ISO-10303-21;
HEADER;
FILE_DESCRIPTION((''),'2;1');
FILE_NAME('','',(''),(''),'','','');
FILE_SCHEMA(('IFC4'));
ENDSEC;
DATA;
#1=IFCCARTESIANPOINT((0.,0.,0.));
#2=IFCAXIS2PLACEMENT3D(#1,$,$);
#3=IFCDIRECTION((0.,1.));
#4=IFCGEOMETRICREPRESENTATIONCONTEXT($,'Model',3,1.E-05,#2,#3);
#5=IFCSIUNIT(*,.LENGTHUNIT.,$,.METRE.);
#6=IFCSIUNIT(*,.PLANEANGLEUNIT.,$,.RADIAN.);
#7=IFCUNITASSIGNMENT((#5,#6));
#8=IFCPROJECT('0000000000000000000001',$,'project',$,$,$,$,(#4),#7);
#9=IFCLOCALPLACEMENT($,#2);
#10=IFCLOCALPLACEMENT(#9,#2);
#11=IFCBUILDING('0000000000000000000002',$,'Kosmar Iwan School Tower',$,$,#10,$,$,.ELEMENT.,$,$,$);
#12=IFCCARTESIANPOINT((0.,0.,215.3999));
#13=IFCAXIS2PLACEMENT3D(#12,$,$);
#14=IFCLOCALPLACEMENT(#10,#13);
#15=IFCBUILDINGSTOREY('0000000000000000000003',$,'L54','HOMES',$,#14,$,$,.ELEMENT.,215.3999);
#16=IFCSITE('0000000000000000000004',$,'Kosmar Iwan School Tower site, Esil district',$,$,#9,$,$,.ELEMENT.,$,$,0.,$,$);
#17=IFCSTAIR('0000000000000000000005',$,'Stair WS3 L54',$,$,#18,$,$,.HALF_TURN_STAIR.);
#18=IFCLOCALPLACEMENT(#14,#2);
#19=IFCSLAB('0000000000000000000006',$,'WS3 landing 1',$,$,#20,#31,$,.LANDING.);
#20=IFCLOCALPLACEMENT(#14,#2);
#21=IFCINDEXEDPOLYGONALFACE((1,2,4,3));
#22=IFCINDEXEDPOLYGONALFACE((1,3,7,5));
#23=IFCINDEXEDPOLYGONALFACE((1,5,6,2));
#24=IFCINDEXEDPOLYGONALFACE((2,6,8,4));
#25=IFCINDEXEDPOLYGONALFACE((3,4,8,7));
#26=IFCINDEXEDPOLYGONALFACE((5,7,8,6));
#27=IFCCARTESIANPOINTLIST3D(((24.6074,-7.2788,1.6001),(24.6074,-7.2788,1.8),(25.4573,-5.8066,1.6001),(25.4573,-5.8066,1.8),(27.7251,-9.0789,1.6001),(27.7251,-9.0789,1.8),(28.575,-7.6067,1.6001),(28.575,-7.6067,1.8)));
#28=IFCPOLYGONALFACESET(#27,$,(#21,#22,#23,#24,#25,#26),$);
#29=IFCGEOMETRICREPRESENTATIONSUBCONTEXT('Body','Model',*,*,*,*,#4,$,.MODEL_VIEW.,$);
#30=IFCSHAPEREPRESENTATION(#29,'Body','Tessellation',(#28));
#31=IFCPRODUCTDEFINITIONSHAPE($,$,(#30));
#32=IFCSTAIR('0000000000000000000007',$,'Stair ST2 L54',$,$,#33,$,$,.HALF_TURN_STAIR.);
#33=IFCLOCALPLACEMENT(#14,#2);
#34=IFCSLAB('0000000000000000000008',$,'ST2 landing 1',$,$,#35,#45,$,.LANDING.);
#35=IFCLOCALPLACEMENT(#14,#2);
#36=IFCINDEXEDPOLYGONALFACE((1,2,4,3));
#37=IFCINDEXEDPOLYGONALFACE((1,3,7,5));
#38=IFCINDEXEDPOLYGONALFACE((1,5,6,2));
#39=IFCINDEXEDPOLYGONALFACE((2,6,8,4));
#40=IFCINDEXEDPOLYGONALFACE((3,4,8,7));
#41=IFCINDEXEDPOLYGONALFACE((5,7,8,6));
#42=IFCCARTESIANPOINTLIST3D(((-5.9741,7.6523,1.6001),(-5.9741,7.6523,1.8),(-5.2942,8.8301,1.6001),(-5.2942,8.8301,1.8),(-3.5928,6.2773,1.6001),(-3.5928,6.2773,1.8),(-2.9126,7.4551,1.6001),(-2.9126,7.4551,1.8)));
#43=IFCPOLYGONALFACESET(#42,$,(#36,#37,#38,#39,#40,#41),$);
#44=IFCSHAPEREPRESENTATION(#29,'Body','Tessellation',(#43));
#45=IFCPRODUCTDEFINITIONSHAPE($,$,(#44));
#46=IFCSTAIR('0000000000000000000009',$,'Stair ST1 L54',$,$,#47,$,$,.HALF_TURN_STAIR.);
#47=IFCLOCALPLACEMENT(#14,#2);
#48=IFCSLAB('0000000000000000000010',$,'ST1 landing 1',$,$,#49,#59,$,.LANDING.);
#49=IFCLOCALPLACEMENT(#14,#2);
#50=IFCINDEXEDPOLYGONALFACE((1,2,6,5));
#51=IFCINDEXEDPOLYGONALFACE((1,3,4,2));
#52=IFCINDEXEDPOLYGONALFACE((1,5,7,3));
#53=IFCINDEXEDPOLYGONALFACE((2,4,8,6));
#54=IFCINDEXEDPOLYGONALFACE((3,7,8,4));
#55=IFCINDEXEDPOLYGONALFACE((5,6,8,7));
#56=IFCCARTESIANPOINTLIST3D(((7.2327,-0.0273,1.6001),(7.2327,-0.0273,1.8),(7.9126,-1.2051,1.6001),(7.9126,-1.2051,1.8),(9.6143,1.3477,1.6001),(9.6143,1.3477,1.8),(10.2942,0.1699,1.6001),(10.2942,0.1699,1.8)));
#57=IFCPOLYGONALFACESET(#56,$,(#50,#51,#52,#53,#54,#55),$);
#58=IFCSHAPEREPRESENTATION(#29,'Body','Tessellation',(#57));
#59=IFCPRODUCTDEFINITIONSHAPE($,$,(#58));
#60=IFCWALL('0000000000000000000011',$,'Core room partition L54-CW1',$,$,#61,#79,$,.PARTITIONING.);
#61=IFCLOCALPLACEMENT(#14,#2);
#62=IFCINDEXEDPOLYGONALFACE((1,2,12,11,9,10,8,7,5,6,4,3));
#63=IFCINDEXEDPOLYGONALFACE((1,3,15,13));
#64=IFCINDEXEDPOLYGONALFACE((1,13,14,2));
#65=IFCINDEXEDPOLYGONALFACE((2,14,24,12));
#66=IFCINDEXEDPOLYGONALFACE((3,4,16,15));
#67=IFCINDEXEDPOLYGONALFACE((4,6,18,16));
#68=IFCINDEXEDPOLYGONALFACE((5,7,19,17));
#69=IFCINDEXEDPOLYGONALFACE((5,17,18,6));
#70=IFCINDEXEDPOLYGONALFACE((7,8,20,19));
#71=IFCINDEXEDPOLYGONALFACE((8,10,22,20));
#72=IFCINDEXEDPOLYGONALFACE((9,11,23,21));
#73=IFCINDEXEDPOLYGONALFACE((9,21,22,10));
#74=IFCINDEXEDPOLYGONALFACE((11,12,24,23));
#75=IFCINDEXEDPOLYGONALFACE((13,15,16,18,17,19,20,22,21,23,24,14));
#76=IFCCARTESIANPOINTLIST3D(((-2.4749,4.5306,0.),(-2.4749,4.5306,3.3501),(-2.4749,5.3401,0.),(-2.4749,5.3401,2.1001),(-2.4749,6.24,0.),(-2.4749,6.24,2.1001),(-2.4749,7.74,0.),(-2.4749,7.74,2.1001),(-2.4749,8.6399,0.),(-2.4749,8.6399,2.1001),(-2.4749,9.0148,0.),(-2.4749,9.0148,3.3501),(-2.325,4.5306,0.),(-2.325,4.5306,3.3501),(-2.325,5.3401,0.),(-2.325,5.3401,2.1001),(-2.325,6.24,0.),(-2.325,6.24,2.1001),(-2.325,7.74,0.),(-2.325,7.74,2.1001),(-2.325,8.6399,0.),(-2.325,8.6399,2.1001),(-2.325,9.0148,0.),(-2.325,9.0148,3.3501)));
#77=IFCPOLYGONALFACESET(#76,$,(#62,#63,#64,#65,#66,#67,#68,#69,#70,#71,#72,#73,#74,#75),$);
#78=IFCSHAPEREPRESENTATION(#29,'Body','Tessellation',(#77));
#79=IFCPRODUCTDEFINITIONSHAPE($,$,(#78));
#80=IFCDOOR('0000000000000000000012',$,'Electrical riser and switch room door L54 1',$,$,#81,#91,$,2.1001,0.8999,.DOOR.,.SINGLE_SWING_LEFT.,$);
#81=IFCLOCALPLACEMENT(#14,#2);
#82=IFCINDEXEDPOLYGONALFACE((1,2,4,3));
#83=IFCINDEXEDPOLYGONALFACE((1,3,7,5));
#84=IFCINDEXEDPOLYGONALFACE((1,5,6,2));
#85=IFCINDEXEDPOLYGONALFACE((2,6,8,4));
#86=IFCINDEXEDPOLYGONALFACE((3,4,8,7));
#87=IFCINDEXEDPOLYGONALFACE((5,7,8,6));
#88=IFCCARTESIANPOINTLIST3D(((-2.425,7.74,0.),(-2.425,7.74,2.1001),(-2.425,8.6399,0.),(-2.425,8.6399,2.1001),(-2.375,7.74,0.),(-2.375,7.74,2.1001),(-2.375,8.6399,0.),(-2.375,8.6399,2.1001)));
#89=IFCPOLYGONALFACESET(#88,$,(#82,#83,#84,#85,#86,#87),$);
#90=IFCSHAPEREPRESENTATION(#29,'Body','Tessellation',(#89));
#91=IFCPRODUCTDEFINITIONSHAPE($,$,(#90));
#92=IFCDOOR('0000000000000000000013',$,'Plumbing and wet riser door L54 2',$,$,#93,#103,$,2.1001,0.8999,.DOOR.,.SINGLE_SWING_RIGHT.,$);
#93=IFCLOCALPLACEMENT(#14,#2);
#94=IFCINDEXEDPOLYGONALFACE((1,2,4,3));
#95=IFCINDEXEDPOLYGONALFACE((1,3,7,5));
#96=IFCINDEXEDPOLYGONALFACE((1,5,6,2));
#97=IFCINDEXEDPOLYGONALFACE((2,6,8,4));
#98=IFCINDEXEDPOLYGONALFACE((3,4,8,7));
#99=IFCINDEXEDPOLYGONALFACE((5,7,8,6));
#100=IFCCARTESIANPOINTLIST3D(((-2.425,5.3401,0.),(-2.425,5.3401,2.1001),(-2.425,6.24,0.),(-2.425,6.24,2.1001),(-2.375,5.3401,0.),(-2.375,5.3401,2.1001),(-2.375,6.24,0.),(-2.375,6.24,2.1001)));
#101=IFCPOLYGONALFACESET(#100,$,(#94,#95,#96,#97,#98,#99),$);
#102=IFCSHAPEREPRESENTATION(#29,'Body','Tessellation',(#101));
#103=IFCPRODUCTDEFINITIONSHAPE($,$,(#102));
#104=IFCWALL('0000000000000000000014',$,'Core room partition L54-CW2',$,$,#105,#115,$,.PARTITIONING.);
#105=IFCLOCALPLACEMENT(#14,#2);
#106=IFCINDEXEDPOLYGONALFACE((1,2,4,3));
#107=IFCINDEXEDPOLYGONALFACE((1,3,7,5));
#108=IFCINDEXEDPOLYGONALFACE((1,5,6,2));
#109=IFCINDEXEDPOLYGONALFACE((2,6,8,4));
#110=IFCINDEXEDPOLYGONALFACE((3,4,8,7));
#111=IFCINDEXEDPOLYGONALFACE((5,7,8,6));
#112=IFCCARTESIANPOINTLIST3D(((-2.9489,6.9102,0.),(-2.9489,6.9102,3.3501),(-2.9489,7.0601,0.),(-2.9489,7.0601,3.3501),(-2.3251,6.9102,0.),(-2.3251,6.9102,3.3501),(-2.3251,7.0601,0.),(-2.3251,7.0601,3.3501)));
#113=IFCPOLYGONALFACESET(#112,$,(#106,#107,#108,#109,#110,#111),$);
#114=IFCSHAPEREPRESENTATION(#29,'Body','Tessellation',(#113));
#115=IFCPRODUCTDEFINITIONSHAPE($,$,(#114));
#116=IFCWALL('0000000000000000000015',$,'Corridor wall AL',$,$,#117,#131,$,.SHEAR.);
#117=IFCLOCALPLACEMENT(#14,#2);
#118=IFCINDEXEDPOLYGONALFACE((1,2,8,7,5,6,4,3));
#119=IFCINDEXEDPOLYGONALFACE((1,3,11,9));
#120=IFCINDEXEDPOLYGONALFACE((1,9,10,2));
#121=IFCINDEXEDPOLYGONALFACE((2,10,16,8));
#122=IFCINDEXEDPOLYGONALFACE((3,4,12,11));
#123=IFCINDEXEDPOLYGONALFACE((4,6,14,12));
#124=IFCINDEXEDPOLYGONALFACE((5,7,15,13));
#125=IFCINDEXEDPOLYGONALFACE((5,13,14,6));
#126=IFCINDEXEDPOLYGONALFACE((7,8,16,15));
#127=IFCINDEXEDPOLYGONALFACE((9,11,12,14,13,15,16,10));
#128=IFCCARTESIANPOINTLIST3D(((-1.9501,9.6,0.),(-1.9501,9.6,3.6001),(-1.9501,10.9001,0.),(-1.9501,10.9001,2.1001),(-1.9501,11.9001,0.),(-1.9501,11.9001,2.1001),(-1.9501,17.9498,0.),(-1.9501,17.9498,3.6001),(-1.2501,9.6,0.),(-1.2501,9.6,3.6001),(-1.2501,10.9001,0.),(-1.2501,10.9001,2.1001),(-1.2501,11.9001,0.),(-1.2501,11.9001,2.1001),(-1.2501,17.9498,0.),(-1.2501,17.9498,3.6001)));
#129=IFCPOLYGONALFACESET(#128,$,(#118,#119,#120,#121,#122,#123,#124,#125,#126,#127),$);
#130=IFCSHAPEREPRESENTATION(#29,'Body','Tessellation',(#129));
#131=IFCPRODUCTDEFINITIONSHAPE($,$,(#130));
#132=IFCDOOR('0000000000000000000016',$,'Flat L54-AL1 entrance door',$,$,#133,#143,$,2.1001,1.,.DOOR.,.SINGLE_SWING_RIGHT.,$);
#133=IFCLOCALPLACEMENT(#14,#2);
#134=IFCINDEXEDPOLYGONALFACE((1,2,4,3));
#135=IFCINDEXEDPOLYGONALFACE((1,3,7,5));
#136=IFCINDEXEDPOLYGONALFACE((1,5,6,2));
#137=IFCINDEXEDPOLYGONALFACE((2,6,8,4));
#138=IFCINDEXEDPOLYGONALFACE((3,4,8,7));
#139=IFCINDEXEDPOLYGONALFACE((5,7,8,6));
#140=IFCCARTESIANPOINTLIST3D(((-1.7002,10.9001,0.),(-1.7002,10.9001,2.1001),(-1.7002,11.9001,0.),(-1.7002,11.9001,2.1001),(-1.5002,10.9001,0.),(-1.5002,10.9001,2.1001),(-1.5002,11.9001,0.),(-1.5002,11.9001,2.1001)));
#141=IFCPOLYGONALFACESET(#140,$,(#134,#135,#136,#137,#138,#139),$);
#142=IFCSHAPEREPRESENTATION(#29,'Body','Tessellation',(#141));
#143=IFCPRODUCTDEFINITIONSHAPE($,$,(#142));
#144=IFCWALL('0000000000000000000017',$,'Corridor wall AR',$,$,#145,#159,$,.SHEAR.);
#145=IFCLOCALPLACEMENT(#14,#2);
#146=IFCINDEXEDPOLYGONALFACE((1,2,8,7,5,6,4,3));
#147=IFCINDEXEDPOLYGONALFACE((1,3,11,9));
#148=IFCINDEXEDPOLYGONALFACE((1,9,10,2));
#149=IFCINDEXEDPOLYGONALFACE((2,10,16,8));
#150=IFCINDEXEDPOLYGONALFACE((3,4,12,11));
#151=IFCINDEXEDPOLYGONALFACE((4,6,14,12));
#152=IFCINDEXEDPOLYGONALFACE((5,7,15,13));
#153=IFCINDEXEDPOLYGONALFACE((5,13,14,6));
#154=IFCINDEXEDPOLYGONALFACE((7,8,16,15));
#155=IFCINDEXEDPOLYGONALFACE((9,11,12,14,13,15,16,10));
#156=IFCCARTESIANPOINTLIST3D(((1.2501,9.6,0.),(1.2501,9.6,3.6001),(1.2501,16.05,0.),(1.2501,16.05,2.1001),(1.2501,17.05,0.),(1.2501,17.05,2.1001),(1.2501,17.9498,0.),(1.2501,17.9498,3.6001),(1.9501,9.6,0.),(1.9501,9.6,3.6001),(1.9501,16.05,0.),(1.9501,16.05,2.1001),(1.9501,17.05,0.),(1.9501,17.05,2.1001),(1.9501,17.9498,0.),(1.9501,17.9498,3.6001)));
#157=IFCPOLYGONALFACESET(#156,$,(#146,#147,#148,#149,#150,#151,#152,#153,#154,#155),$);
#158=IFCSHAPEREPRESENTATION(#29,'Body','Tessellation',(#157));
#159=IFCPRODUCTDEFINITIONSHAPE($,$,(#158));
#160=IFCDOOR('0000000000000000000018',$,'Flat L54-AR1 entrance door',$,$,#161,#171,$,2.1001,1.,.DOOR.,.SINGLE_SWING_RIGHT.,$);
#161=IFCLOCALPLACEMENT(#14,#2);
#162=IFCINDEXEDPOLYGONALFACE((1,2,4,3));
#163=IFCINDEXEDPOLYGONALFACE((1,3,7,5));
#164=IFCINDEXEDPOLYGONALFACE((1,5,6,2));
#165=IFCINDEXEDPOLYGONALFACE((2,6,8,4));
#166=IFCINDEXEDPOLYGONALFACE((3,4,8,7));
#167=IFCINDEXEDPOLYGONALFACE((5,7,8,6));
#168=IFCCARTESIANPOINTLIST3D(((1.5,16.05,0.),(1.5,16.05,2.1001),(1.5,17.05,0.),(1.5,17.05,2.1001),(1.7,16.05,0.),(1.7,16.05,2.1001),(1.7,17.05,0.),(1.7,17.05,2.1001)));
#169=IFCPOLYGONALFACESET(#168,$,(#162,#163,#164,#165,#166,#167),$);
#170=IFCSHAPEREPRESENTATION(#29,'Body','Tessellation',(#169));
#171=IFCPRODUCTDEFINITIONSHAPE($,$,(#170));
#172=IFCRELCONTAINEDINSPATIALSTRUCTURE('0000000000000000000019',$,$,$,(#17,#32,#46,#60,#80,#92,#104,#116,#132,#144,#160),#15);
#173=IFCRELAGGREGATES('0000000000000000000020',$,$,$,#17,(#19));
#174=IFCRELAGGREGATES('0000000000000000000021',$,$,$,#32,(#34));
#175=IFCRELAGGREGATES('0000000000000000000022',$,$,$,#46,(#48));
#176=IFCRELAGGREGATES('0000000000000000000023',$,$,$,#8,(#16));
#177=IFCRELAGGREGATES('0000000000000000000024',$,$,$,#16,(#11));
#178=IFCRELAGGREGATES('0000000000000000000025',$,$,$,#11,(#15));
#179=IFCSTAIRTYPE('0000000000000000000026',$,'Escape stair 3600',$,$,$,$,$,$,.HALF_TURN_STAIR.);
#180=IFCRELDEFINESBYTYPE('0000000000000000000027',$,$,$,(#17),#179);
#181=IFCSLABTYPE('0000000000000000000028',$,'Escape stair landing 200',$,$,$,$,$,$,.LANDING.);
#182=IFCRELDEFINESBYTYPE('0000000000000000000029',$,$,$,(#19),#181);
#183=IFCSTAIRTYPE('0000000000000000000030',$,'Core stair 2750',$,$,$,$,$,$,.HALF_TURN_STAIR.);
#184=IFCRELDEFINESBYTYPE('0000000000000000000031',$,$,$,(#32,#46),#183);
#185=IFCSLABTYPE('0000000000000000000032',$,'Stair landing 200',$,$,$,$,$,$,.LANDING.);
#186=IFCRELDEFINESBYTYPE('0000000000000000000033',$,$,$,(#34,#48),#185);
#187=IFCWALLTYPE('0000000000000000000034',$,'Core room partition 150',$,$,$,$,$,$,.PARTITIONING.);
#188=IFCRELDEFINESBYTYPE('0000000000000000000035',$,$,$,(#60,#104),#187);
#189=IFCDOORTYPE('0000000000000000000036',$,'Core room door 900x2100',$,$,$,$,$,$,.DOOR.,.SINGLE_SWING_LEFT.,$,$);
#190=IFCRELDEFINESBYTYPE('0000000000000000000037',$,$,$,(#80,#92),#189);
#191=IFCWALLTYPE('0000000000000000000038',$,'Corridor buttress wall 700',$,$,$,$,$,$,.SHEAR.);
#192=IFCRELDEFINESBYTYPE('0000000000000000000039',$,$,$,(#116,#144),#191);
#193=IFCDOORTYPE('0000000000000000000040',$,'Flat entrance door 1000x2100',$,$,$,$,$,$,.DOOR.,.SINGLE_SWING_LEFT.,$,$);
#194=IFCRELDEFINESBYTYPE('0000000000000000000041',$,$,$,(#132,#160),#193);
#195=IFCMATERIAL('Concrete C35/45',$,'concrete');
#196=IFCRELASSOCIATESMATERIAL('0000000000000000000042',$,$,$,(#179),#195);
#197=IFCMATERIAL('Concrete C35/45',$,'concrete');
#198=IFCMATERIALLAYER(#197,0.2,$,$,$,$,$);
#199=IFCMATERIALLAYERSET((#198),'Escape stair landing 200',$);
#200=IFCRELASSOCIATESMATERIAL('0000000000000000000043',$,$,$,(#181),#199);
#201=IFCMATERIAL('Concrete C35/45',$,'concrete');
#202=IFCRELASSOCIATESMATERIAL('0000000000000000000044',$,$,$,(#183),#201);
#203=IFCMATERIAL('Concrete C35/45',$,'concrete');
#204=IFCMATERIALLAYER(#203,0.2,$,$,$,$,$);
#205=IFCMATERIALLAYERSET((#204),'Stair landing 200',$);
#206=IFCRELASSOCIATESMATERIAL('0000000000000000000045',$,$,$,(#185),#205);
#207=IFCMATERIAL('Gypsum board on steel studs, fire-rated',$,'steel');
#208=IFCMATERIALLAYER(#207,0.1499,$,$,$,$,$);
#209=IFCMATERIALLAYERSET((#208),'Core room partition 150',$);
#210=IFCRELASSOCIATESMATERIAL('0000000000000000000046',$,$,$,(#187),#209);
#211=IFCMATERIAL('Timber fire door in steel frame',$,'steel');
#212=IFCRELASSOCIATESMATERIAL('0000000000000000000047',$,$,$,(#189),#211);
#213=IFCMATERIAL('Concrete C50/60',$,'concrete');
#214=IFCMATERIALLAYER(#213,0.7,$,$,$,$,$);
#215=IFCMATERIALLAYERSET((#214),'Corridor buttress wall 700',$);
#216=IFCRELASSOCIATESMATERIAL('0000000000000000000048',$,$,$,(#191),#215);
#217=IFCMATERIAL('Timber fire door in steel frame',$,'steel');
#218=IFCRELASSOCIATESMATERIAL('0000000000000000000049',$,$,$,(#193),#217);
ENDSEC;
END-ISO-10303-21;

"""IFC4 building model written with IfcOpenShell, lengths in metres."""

from ifc_helpers import new_model, si_unit, direction, frame, frame_2d, origin, place, context, subcontext, project, spatial, polyline, rectangle, outline, extrude, material, layer, layer_set, type_object, element, fill, aggregate, save


model = new_model("IFC4")

# Units and contexts
model_context = context("Model", 3, precision=1e-05, world=origin(), true_north=direction((0.0, 1.0)))
body_context = subcontext(model_context, "Body", "Model", "MODEL_VIEW")
ifc_project = project(units=[si_unit("LENGTHUNIT", "METRE"), si_unit("PLANEANGLEUNIT", "RADIAN")], contexts=[model_context])

# Site, building, storey
site_placement = place(None, origin())
site = spatial("IfcSite", under=ifc_project, at=site_placement, Name="Kosmar Iwan School Tower site, Esil district", CompositionType="ELEMENT", RefElevation=0.0)
building_placement = place(site_placement, origin())
building = spatial("IfcBuilding", under=site, at=building_placement, Name="Kosmar Iwan School Tower", CompositionType="ELEMENT")
storey_placement = place(building_placement, frame((0.0, 0.0, 215.3999)))
storey = spatial("IfcBuildingStorey", under=building, at=storey_placement, Name="L54", Description="HOMES", CompositionType="ELEMENT", Elevation=215.3999)

# Stairs, slabs
ifc_material_1 = material(Name="Concrete C35/45", Category="concrete")
stair_type_1 = type_object("IfcStairType", Name="Escape stair 3600", PredefinedType="HALF_TURN_STAIR", material=ifc_material_1)
stair_1_placement = place(storey_placement, origin())
stair_1 = element("IfcStair", 1, at=stair_1_placement, inside=storey, type_object=stair_type_1, Name="Stair WS3 L54", PredefinedType="HALF_TURN_STAIR")
ifc_material_2 = material(Name="Concrete C35/45", Category="concrete")
ifc_layer_1 = layer(ifc_material_2, 0.2)
ifc_layer_set_1 = layer_set([ifc_layer_1], Name="Escape stair landing 200")
slab_type_1 = type_object("IfcSlabType", Name="Escape stair landing 200", PredefinedType="LANDING", material=ifc_layer_set_1)
slab_1_placement = place(storey_placement, frame((0.0, 0.0, 1.6001)))
slab_1 = element("IfcSlab", 2, at=slab_1_placement, type_object=slab_type_1, Name="WS3 landing 1", PredefinedType="LANDING", context=body_context, shape_type="SweptSolid", body=[
    extrude(outline(polyline([(24.6074, -7.2788), (27.7251, -9.0789), (28.575, -7.6067), (25.4573, -5.8066), (24.6074, -7.2788)])), origin(), (0.0, 0.0, 1.0), 0.2),
])
aggregate(stair_1, [slab_1])
ifc_material_3 = material(Name="Concrete C35/45", Category="concrete")
stair_type_2 = type_object("IfcStairType", Name="Core stair 2750", PredefinedType="HALF_TURN_STAIR", material=ifc_material_3)
stair_2_placement = place(storey_placement, origin())
stair_2 = element("IfcStair", 3, at=stair_2_placement, inside=storey, type_object=stair_type_2, Name="Stair ST2 L54", PredefinedType="HALF_TURN_STAIR")
ifc_material_4 = material(Name="Concrete C35/45", Category="concrete")
ifc_layer_2 = layer(ifc_material_4, 0.2)
ifc_layer_set_2 = layer_set([ifc_layer_2], Name="Stair landing 200")
slab_type_2 = type_object("IfcSlabType", Name="Stair landing 200", PredefinedType="LANDING", material=ifc_layer_set_2)
slab_2_placement = place(storey_placement, frame((0.0, 0.0, 1.6001)))
slab_2 = element("IfcSlab", 4, at=slab_2_placement, type_object=slab_type_2, Name="ST2 landing 1", PredefinedType="LANDING", context=body_context, shape_type="SweptSolid", body=[
    extrude(outline(polyline([(-2.9126, 7.4551), (-5.2942, 8.8301), (-5.9741, 7.6523), (-3.5928, 6.2773), (-2.9126, 7.4551)])), origin(), (0.0, 0.0, 1.0), 0.2),
])
aggregate(stair_2, [slab_2])
stair_3_placement = place(storey_placement, origin())
stair_3 = element("IfcStair", 5, at=stair_3_placement, inside=storey, type_object=stair_type_2, Name="Stair ST1 L54", PredefinedType="HALF_TURN_STAIR")
slab_3_placement = place(storey_placement, frame((0.0, 0.0, 1.6001)))
slab_3 = element("IfcSlab", 6, at=slab_3_placement, type_object=slab_type_2, Name="ST1 landing 1", PredefinedType="LANDING", context=body_context, shape_type="SweptSolid", body=[
    extrude(outline(polyline([(7.9126, -1.2051), (10.2942, 0.1699), (9.6143, 1.3477), (7.2327, -0.0273), (7.9126, -1.2051)])), origin(), (0.0, 0.0, 1.0), 0.2),
])
aggregate(stair_3, [slab_3])

# Wall, openings, doors
ifc_material_5 = material(Name="Gypsum board on steel studs, fire-rated", Category="steel")
ifc_layer_3 = layer(ifc_material_5, 0.1499)
ifc_layer_set_3 = layer_set([ifc_layer_3], Name="Core room partition 150")
wall_type_1 = type_object("IfcWallType", Name="Core room partition 150", PredefinedType="PARTITIONING", material=ifc_layer_set_3)
wall_1_placement = place(storey_placement, frame((-2.3999, 9.0149, 0.0), z_axis=(0.0, 0.0, 1.0), x_axis=(0.0, -1.0, 0.0)))
wall_1 = element("IfcWall", 7, at=wall_1_placement, inside=storey, type_object=wall_type_1, Name="Core room partition L54-CW1", PredefinedType="PARTITIONING", context=body_context, shape_type="SweptSolid", body=[
    extrude(rectangle(XDim=4.4841, YDim=0.1499, at=frame_2d((2.2422, 0.0))), origin(), (0.0, 0.0, 1.0), 3.3501),
])
opening_1_placement = place(wall_1_placement, frame((0.375, 0.0, 0.0)))
opening_1 = element("IfcOpeningElement", 8, at=opening_1_placement, cuts=wall_1, PredefinedType="OPENING", context=body_context, shape_type="SweptSolid", body=[
    extrude(rectangle(XDim=0.8999, YDim=2.1001, at=frame_2d((0.45, 1.05))), frame((0.0, 0.0869, 0.0), z_axis=(0.0, -1.0, 0.0), x_axis=(1.0, 0.0, 0.0)), (0.0, 0.0, 1.0), 0.1738),
])
opening_2_placement = place(wall_1_placement, frame((2.7749, 0.0, 0.0)))
opening_2 = element("IfcOpeningElement", 9, at=opening_2_placement, cuts=wall_1, PredefinedType="OPENING", context=body_context, shape_type="SweptSolid", body=[
    extrude(rectangle(XDim=0.8999, YDim=2.1001, at=frame_2d((0.45, 1.05))), frame((0.0, 0.0869, 0.0), z_axis=(0.0, -1.0, 0.0), x_axis=(1.0, 0.0, 0.0)), (0.0, 0.0, 1.0), 0.1738),
])
ifc_material_6 = material(Name="Timber fire door in steel frame", Category="steel")
door_type_1 = type_object("IfcDoorType", Name="Core room door 900x2100", OperationType="SINGLE_SWING_LEFT", PredefinedType="DOOR", material=ifc_material_6)
door_1_placement = place(opening_1_placement, origin())
door_1 = element("IfcDoor", 10, at=door_1_placement, inside=storey, type_object=door_type_1, Name="Electrical riser and switch room door L54 1", OperationType="SINGLE_SWING_LEFT", OverallHeight=2.1001, OverallWidth=0.8999, PredefinedType="DOOR", context=body_context, shape_type="SweptSolid", body=[
    extrude(rectangle(XDim=0.8999, YDim=2.1001, at=frame_2d((0.45, 1.05))), frame((0.0, 0.0249, 0.0), z_axis=(0.0, -1.0, 0.0), x_axis=(1.0, 0.0, 0.0)), (0.0, 0.0, 1.0), 0.05),
])
fill(opening_1, door_1)
door_2_placement = place(opening_2_placement, origin())
door_2 = element("IfcDoor", 11, at=door_2_placement, inside=storey, type_object=door_type_1, Name="Plumbing and wet riser door L54 2", OperationType="SINGLE_SWING_RIGHT", OverallHeight=2.1001, OverallWidth=0.8999, PredefinedType="DOOR", context=body_context, shape_type="SweptSolid", body=[
    extrude(rectangle(XDim=0.8999, YDim=2.1001, at=frame_2d((0.45, 1.05))), frame((0.0, 0.0249, 0.0), z_axis=(0.0, -1.0, 0.0), x_axis=(1.0, 0.0, 0.0)), (0.0, 0.0, 1.0), 0.05),
])
fill(opening_2, door_2)

# Wall
wall_2_placement = place(storey_placement, frame((-2.325, 6.9851, 0.0), z_axis=(0.0, 0.0, 1.0), x_axis=(-1.0, 0.0, 0.0)))
element("IfcWall", 12, at=wall_2_placement, inside=storey, type_object=wall_type_1, Name="Core room partition L54-CW2", PredefinedType="PARTITIONING", context=body_context, shape_type="SweptSolid", body=[
    extrude(rectangle(XDim=0.6238, YDim=0.1499, at=frame_2d((0.312, 0.0))), origin(), (0.0, 0.0, 1.0), 3.3501),
])

# Walls, openings, doors
ifc_material_7 = material(Name="Concrete C50/60", Category="concrete")
ifc_layer_4 = layer(ifc_material_7, 0.7)
ifc_layer_set_4 = layer_set([ifc_layer_4], Name="Corridor buttress wall 700")
wall_type_2 = type_object("IfcWallType", Name="Corridor buttress wall 700", PredefinedType="SHEAR", material=ifc_layer_set_4)
wall_3_placement = place(storey_placement, frame((-1.6001, 9.6001, 0.0), z_axis=(0.0, 0.0, 1.0), x_axis=(0.0, 1.0, 0.0)))
wall_3 = element("IfcWall", 13, at=wall_3_placement, inside=storey, type_object=wall_type_2, Name="Corridor wall AL", PredefinedType="SHEAR", context=body_context, shape_type="SweptSolid", body=[
    extrude(rectangle(XDim=8.3499, YDim=0.7, at=frame_2d((4.1748, 0.0))), origin(), (0.0, 0.0, 1.0), 3.6001),
])
opening_3_placement = place(wall_3_placement, frame((1.3, 0.0, 0.0)))
opening_3 = element("IfcOpeningElement", 14, at=opening_3_placement, cuts=wall_3, PredefinedType="OPENING", context=body_context, shape_type="SweptSolid", body=[
    extrude(rectangle(XDim=1.0, YDim=2.1001, at=frame_2d((0.5, 1.05))), frame((0.0, 0.3621, 0.0), z_axis=(0.0, -1.0, 0.0), x_axis=(1.0, 0.0, 0.0)), (0.0, 0.0, 1.0), 0.7239),
])
ifc_material_8 = material(Name="Timber fire door in steel frame", Category="steel")
door_type_2 = type_object("IfcDoorType", Name="Flat entrance door 1000x2100", OperationType="SINGLE_SWING_LEFT", PredefinedType="DOOR", material=ifc_material_8)
door_3_placement = place(opening_3_placement, origin())
door_3 = element("IfcDoor", 15, at=door_3_placement, inside=storey, type_object=door_type_2, Name="Flat L54-AL1 entrance door", OperationType="SINGLE_SWING_RIGHT", OverallHeight=2.1001, OverallWidth=1.0, PredefinedType="DOOR", context=body_context, shape_type="SweptSolid", body=[
    extrude(rectangle(XDim=1.0, YDim=2.1001, at=frame_2d((0.5, 1.05))), frame((0.0, 0.1001, 0.0), z_axis=(0.0, -1.0, 0.0), x_axis=(1.0, 0.0, 0.0)), (0.0, 0.0, 1.0), 0.2),
])
fill(opening_3, door_3)
wall_4_placement = place(storey_placement, frame((1.6001, 9.6001, 0.0), z_axis=(0.0, 0.0, 1.0), x_axis=(0.0, 1.0, 0.0)))
wall_4 = element("IfcWall", 16, at=wall_4_placement, inside=storey, type_object=wall_type_2, Name="Corridor wall AR", PredefinedType="SHEAR", context=body_context, shape_type="SweptSolid", body=[
    extrude(rectangle(XDim=8.3499, YDim=0.7, at=frame_2d((4.1748, 0.0))), origin(), (0.0, 0.0, 1.0), 3.6001),
])
opening_4_placement = place(wall_4_placement, frame((6.45, 0.0, 0.0)))
opening_4 = element("IfcOpeningElement", 17, at=opening_4_placement, cuts=wall_4, PredefinedType="OPENING", context=body_context, shape_type="SweptSolid", body=[
    extrude(rectangle(XDim=1.0, YDim=2.1001, at=frame_2d((0.5, 1.05))), frame((0.0, 0.3621, 0.0), z_axis=(0.0, -1.0, 0.0), x_axis=(1.0, 0.0, 0.0)), (0.0, 0.0, 1.0), 0.7239),
])
door_4_placement = place(opening_4_placement, origin())
door_4 = element("IfcDoor", 18, at=door_4_placement, inside=storey, type_object=door_type_2, Name="Flat L54-AR1 entrance door", OperationType="SINGLE_SWING_RIGHT", OverallHeight=2.1001, OverallWidth=1.0, PredefinedType="DOOR", context=body_context, shape_type="SweptSolid", body=[
    extrude(rectangle(XDim=1.0, YDim=2.1001, at=frame_2d((0.5, 1.05))), frame((0.0, 0.1001, 0.0), z_axis=(0.0, -1.0, 0.0), x_axis=(1.0, 0.0, 0.0)), (0.0, 0.0, 1.0), 0.2),
])
fill(opening_4, door_4)

save(model, "model.ifc")
